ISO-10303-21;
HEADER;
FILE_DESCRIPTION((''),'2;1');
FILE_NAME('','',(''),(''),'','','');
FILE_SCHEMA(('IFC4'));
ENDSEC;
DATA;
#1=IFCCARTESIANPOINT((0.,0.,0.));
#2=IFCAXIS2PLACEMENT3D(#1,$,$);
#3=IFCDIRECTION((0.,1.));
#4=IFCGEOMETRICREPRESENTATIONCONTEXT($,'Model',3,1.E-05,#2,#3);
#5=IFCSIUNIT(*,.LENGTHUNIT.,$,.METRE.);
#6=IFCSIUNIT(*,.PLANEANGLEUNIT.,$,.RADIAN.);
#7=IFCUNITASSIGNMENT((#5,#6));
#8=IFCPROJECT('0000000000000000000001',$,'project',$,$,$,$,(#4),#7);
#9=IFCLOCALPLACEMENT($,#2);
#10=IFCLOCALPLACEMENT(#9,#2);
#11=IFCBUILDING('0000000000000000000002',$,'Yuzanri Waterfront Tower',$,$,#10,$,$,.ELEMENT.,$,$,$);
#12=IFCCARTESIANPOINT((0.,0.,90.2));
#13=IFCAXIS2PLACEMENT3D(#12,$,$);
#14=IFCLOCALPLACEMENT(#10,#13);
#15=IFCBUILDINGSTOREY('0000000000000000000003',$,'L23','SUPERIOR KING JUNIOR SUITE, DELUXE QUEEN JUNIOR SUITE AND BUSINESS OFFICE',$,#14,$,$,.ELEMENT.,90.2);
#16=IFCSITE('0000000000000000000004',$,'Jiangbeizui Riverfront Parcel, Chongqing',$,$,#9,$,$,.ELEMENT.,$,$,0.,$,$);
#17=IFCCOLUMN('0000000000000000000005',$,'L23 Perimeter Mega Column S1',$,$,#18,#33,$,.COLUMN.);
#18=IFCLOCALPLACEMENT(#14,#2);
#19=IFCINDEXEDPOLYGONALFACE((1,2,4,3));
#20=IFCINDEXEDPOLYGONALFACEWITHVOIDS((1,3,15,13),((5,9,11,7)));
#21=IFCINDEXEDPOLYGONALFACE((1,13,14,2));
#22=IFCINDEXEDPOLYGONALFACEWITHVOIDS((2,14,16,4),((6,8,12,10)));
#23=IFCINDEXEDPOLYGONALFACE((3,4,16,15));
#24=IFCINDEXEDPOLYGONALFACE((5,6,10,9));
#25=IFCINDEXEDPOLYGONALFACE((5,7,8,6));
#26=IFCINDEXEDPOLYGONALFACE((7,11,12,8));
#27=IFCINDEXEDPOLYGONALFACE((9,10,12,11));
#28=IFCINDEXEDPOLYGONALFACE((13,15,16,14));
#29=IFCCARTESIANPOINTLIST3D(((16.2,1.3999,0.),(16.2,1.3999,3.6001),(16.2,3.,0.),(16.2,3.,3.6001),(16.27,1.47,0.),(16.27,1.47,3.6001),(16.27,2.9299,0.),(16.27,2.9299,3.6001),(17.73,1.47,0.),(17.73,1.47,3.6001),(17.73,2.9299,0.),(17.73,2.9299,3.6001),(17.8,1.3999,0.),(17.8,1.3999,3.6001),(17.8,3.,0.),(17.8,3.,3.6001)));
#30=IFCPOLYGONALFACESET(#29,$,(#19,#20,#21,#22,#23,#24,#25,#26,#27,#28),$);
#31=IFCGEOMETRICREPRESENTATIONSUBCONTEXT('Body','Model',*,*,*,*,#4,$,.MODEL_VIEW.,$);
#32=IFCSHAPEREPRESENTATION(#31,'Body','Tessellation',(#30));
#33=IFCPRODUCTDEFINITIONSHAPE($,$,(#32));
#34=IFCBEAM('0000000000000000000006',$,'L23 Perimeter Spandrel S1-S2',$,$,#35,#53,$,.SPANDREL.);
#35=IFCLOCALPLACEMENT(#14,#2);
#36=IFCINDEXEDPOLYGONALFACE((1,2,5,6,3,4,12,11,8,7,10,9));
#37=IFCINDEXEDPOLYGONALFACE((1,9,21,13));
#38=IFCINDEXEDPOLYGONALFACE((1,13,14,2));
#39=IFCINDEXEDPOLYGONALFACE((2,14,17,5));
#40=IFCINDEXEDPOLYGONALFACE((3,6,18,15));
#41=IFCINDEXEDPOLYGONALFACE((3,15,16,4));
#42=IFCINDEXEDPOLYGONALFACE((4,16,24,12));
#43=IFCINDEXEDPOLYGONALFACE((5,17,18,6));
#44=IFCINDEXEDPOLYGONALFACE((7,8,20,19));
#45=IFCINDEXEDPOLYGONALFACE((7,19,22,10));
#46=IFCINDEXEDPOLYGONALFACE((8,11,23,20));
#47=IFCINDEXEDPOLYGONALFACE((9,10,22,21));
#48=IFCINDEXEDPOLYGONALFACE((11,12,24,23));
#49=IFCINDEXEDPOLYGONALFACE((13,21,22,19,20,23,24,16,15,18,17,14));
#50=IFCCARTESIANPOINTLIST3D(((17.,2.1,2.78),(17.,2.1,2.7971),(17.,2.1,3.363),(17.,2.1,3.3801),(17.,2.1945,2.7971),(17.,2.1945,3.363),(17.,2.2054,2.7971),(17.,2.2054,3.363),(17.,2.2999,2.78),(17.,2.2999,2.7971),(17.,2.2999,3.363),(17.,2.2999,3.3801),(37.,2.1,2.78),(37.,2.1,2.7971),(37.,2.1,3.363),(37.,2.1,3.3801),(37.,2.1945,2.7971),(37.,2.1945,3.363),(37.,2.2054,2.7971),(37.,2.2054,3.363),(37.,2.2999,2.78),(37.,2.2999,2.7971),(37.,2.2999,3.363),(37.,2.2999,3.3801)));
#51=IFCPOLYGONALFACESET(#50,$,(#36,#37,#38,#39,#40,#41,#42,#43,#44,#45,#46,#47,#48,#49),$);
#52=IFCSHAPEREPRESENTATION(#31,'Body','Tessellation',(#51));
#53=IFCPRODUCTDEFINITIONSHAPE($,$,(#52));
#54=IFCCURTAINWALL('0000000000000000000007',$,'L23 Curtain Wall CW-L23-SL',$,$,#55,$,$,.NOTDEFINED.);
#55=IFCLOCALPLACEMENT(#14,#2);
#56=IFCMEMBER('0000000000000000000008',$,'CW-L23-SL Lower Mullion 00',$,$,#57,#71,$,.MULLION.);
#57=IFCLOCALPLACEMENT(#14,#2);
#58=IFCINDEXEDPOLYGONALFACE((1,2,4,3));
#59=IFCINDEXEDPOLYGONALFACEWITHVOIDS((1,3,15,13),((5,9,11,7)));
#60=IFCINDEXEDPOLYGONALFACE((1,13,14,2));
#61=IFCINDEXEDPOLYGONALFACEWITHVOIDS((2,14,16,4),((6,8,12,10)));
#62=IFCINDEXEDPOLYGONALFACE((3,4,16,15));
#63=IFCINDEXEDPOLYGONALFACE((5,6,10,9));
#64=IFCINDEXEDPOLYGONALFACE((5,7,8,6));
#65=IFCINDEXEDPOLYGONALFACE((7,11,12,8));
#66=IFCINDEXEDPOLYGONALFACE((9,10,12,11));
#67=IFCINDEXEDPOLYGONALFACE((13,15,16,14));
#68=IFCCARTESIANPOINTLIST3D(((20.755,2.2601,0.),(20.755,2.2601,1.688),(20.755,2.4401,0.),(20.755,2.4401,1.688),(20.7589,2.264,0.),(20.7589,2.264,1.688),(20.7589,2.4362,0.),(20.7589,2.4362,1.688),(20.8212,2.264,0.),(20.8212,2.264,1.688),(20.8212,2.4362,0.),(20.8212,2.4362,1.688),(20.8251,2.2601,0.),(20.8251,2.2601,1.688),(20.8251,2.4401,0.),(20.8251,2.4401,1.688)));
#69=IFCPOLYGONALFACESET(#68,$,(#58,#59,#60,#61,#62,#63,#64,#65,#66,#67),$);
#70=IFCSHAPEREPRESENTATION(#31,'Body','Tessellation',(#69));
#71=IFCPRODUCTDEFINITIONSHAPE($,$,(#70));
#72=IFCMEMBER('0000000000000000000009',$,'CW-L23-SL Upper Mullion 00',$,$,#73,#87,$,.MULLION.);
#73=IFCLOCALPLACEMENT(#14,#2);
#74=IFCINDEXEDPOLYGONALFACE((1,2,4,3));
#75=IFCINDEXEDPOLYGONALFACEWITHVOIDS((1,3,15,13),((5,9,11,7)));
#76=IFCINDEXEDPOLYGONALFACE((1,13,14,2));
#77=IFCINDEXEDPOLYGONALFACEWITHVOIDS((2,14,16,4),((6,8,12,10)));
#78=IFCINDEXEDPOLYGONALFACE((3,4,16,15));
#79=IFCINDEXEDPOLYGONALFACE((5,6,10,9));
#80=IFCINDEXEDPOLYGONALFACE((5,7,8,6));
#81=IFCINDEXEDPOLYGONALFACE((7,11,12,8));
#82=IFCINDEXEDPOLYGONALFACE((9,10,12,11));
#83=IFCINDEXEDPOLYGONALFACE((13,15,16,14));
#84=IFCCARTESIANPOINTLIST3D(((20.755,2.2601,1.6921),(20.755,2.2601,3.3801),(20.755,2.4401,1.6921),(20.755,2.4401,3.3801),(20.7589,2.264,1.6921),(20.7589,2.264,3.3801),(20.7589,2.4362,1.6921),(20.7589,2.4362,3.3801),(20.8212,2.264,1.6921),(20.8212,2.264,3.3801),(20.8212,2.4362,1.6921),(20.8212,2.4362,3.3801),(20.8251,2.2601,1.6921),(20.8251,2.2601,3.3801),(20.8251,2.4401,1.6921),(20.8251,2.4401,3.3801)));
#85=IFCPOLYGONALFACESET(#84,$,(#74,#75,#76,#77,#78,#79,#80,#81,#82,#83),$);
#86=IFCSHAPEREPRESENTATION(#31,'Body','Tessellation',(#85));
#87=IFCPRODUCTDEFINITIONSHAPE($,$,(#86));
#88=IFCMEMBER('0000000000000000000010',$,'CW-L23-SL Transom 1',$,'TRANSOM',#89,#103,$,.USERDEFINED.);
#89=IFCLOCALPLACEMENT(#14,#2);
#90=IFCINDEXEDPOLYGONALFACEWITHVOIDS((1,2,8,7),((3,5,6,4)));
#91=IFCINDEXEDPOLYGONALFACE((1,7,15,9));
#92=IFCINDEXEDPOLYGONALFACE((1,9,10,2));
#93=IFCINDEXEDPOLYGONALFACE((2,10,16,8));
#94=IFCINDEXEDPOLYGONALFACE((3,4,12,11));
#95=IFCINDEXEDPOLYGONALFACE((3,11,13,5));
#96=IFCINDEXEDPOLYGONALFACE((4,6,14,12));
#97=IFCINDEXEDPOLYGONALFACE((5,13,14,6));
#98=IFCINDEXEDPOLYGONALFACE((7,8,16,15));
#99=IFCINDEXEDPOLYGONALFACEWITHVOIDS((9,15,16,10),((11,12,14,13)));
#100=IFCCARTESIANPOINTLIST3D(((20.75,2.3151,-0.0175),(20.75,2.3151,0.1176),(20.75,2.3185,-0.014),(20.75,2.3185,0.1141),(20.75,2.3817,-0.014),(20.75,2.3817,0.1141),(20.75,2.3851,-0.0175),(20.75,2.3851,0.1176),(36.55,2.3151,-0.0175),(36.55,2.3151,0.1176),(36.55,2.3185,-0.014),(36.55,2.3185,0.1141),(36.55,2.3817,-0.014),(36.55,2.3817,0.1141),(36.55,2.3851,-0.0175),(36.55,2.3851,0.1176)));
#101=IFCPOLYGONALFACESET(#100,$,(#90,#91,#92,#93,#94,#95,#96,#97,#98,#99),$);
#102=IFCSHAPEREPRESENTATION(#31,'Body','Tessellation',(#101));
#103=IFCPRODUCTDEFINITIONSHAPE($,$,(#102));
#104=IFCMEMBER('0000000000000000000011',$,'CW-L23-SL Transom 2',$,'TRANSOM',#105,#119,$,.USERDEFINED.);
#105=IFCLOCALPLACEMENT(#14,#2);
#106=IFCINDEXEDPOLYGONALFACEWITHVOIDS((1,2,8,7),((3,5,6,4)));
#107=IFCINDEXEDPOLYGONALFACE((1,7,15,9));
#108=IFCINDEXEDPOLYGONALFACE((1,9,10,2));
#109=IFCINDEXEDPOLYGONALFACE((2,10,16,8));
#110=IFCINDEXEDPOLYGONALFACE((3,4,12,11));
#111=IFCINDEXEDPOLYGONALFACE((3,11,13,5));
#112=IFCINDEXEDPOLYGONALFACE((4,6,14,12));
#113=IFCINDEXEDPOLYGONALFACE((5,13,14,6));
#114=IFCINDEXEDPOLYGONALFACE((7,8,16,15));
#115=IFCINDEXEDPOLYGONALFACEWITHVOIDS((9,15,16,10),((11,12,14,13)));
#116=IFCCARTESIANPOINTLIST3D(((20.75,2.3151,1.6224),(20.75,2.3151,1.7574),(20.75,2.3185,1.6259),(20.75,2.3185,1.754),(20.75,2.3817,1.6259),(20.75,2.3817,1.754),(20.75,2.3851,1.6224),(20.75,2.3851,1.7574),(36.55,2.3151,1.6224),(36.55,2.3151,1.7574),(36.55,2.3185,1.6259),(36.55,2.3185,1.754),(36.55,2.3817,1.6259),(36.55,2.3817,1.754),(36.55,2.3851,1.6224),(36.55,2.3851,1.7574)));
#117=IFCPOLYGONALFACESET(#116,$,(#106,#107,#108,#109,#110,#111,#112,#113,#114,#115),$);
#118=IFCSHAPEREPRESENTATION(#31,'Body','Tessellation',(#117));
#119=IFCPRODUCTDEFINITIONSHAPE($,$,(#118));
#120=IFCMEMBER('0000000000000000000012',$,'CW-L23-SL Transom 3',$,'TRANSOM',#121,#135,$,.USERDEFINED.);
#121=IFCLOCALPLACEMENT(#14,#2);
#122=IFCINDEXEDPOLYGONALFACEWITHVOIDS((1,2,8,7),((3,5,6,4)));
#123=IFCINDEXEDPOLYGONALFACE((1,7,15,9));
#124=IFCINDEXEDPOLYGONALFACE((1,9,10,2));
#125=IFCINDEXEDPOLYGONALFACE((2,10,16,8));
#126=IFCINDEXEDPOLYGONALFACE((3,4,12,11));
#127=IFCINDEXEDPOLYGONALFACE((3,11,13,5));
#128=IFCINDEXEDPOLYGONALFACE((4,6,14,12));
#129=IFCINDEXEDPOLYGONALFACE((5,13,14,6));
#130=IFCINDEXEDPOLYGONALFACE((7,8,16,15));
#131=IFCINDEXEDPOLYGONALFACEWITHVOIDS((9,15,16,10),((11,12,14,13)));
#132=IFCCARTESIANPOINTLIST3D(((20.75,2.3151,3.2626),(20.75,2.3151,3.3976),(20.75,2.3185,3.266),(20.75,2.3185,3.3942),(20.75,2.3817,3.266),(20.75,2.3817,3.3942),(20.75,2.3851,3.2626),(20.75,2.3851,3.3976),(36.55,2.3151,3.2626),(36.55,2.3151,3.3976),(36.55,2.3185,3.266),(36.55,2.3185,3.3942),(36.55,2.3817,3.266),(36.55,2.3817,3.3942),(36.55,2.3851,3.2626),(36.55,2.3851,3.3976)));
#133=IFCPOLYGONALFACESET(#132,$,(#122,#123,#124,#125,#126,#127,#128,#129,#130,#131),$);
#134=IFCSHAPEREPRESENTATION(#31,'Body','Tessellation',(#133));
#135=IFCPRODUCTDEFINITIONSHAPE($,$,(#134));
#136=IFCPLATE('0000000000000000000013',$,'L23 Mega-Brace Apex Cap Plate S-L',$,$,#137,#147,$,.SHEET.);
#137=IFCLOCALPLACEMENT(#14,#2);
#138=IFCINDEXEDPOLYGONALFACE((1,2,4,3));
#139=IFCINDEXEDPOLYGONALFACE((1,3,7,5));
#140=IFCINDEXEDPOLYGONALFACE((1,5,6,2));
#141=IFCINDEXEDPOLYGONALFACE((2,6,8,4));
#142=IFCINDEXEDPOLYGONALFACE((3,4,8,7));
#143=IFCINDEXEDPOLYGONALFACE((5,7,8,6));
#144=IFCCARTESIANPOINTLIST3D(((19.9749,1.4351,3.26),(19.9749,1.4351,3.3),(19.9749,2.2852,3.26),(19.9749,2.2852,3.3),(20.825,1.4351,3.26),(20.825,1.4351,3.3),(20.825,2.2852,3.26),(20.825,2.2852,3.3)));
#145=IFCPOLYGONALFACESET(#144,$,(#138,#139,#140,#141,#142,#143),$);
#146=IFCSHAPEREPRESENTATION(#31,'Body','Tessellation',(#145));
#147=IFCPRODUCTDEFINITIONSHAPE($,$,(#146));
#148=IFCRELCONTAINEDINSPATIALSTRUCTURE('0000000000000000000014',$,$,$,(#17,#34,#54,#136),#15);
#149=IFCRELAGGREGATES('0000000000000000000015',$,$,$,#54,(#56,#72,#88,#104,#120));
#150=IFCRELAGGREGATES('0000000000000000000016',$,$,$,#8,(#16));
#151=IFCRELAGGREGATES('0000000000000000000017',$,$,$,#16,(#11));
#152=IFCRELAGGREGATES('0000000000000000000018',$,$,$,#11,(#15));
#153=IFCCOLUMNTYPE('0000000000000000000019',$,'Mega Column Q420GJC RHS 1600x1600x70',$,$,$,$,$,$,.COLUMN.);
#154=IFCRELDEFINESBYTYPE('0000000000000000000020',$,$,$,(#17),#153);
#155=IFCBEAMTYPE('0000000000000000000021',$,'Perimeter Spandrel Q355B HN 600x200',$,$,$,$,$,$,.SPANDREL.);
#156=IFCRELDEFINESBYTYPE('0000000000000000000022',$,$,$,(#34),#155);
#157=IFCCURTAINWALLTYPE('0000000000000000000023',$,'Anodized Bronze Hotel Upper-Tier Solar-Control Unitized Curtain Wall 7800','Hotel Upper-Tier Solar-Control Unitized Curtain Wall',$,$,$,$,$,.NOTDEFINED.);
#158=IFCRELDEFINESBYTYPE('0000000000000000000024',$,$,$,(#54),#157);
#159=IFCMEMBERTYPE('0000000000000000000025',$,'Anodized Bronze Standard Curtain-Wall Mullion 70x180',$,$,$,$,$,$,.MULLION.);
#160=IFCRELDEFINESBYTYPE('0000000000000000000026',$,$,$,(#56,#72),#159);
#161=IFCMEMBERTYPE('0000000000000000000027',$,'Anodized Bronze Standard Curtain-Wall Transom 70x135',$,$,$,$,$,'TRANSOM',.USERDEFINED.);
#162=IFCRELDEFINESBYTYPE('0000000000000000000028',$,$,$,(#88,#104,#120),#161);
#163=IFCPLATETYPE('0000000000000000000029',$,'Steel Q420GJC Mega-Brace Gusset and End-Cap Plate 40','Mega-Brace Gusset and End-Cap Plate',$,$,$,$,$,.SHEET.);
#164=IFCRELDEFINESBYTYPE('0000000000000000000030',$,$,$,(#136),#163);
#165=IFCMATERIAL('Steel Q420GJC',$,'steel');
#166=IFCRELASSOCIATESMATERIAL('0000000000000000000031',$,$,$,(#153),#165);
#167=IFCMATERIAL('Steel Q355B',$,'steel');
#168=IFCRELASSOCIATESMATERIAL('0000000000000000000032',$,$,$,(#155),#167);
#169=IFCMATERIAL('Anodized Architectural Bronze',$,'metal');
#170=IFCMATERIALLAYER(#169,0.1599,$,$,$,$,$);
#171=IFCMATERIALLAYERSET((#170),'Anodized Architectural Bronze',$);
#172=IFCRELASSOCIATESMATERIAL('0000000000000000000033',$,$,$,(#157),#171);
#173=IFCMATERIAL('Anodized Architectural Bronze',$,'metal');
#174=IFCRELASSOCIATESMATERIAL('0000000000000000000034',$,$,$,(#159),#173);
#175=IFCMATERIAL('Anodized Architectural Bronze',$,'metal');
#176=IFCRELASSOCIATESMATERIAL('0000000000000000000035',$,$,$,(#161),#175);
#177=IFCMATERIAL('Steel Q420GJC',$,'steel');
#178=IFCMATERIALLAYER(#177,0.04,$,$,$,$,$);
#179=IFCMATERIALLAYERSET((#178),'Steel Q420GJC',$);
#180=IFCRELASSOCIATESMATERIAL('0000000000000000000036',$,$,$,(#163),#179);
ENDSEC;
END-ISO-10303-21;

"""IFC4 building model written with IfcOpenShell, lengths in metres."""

from ifc_helpers import new_model, si_unit, direction, frame, origin, origin_2d, place, context, subcontext, project, spatial, rectangle, hollow_rectangle, i_section, extrude, source, transform, mapped, material, layer, layer_set, material_profile, profile_set, type_object, element, aggregate, save


model = new_model("IFC4")

# Units and contexts
model_context = context("Model", 3, precision=1e-05, world=origin(), true_north=direction((0.0, 1.0)))
body_context = subcontext(model_context, "Body", "Model", "MODEL_VIEW")
ifc_project = project(units=[si_unit("LENGTHUNIT", "METRE"), si_unit("PLANEANGLEUNIT", "RADIAN")], contexts=[model_context])

# Site, building, storey
site_placement = place(None, origin())
site = spatial("IfcSite", under=ifc_project, at=site_placement, Name="Jiangbeizui Riverfront Parcel, Chongqing", CompositionType="ELEMENT", RefElevation=0.0)
building_placement = place(site_placement, origin())
building = spatial("IfcBuilding", under=site, at=building_placement, Name="Yuzanri Waterfront Tower", CompositionType="ELEMENT")
storey_placement = place(building_placement, frame((0.0, 0.0, 90.2)))
storey = spatial("IfcBuildingStorey", under=building, at=storey_placement, Name="L23", Description="SUPERIOR KING JUNIOR SUITE, DELUXE QUEEN JUNIOR SUITE AND BUSINESS OFFICE", CompositionType="ELEMENT", Elevation=90.2)

# Column
ifc_material_1 = material(Name="Steel Q420GJC", Category="steel")
ifc_material_profile_1 = material_profile(ifc_material_1, hollow_rectangle(XDim=1.6001, YDim=1.6001, WallThickness=0.0701, at=origin_2d()), Name="RHS 1600x1600x70")
ifc_profile_set_1 = profile_set([ifc_material_profile_1], Name="Steel Q420GJC")
column_type = type_object("IfcColumnType", Name="Mega Column Q420GJC RHS 1600x1600x70", PredefinedType="COLUMN", material=ifc_profile_set_1)
shared_shape_1 = source(origin(), body_context, "Body", "SweptSolid", [
    extrude(hollow_rectangle(XDim=1.6001, YDim=1.6001, WallThickness=0.0701, at=origin_2d()), origin(), (0.0, 0.0, 1.0), 3.6001),
])
column_placement = place(storey_placement, frame((17.0, 2.2, 0.0), z_axis=(0.0, 0.0, 1.0), x_axis=(1.0, 0.0, 0.0)))
element("IfcColumn", 1, at=column_placement, inside=storey, type_object=column_type, Name="L23 Perimeter Mega Column S1", PredefinedType="COLUMN", context=body_context, shape_type="MappedRepresentation", body=[
    mapped(shared_shape_1, transform((0.0, 0.0, 0.0), scale=1.0)),
])

# Beam
ifc_material_2 = material(Name="Steel Q355B", Category="steel")
ifc_material_profile_2 = material_profile(ifc_material_2, i_section(OverallWidth=0.2, OverallDepth=0.6001, WebThickness=0.011, FlangeThickness=0.0171, at=origin_2d()), Name="HN 600x200x11x17")
ifc_profile_set_2 = profile_set([ifc_material_profile_2], Name="Steel Q355B")
beam_type = type_object("IfcBeamType", Name="Perimeter Spandrel Q355B HN 600x200", PredefinedType="SPANDREL", material=ifc_profile_set_2)
shared_shape_2 = source(origin(), body_context, "Body", "SweptSolid", [
    extrude(i_section(OverallWidth=0.2, OverallDepth=0.6001, WebThickness=0.011, FlangeThickness=0.0171, at=origin_2d()), origin(), (0.0, 0.0, 1.0), 20.0),
])
beam_placement = place(storey_placement, frame((17.0, 2.2, 3.0801), z_axis=(1.0, 0.0, 0.0), x_axis=(0.0, 1.0, 0.0)))
element("IfcBeam", 2, at=beam_placement, inside=storey, type_object=beam_type, Name="L23 Perimeter Spandrel S1-S2", PredefinedType="SPANDREL", context=body_context, shape_type="MappedRepresentation", body=[
    mapped(shared_shape_2, transform((0.0, 0.0, 0.0), scale=1.0)),
])

# Curtain wall, members
ifc_material_3 = material(Name="Anodized Architectural Bronze", Category="metal")
ifc_layer_1 = layer(ifc_material_3, 0.1599)
ifc_layer_set_1 = layer_set([ifc_layer_1], Name="Anodized Architectural Bronze")
curtain_wall_type = type_object("IfcCurtainWallType", Name="Anodized Bronze Hotel Upper-Tier Solar-Control Unitized Curtain Wall 7800", Description="Hotel Upper-Tier Solar-Control Unitized Curtain Wall", PredefinedType="NOTDEFINED", material=ifc_layer_set_1)
curtain_wall_placement = place(storey_placement, origin())
curtain_wall = element("IfcCurtainWall", 3, at=curtain_wall_placement, inside=storey, type_object=curtain_wall_type, Name="L23 Curtain Wall CW-L23-SL", PredefinedType="NOTDEFINED")
ifc_material_4 = material(Name="Anodized Architectural Bronze", Category="metal")
ifc_material_profile_3 = material_profile(ifc_material_4, hollow_rectangle(XDim=0.0701, YDim=0.1799, WallThickness=0.0039, at=origin_2d()), Name="CWM 70x180")
ifc_profile_set_3 = profile_set([ifc_material_profile_3], Name="Anodized Architectural Bronze")
member_type_1 = type_object("IfcMemberType", Name="Anodized Bronze Standard Curtain-Wall Mullion 70x180", PredefinedType="MULLION", material=ifc_profile_set_3)
shared_shape_3 = source(origin(), body_context, "Body", "SweptSolid", [
    extrude(hollow_rectangle(XDim=0.0701, YDim=0.1799, WallThickness=0.0039, at=origin_2d()), origin(), (0.0, 0.0, 1.0), 1.688),
])
member_1_placement = place(storey_placement, frame((20.79, 2.3501, 0.0), z_axis=(0.0, 0.0, 1.0), x_axis=(1.0, 0.0, 0.0)))
member_1 = element("IfcMember", 4, at=member_1_placement, type_object=member_type_1, Name="CW-L23-SL Lower Mullion 00", PredefinedType="MULLION", context=body_context, shape_type="MappedRepresentation", body=[
    mapped(shared_shape_3, transform((0.0, 0.0, 0.0), scale=1.0)),
])
member_2_placement = place(storey_placement, frame((20.79, 2.3501, 1.6921), z_axis=(0.0, 0.0, 1.0), x_axis=(1.0, 0.0, 0.0)))
member_2 = element("IfcMember", 5, at=member_2_placement, type_object=member_type_1, Name="CW-L23-SL Upper Mullion 00", PredefinedType="MULLION", context=body_context, shape_type="MappedRepresentation", body=[
    mapped(shared_shape_3, transform((0.0, 0.0, 0.0), scale=1.0)),
])
ifc_material_5 = material(Name="Anodized Architectural Bronze", Category="metal")
ifc_material_profile_4 = material_profile(ifc_material_5, hollow_rectangle(XDim=0.0701, YDim=0.135, WallThickness=0.0034, at=origin_2d()), Name="CWT 70x135")
ifc_profile_set_4 = profile_set([ifc_material_profile_4], Name="Anodized Architectural Bronze")
member_type_2 = type_object("IfcMemberType", Name="Anodized Bronze Standard Curtain-Wall Transom 70x135", ElementType="TRANSOM", PredefinedType="USERDEFINED", material=ifc_profile_set_4)
shared_shape_4 = source(origin(), body_context, "Body", "SweptSolid", [
    extrude(hollow_rectangle(XDim=0.0701, YDim=0.135, WallThickness=0.0034, at=origin_2d()), origin(), (0.0, 0.0, 1.0), 15.8),
])
member_3_placement = place(storey_placement, frame((20.75, 2.3501, 0.05), z_axis=(1.0, 0.0, 0.0), x_axis=(0.0, 1.0, 0.0)))
member_3 = element("IfcMember", 6, at=member_3_placement, type_object=member_type_2, Name="CW-L23-SL Transom 1", ObjectType="TRANSOM", PredefinedType="USERDEFINED", context=body_context, shape_type="MappedRepresentation", body=[
    mapped(shared_shape_4, transform((0.0, 0.0, 0.0), scale=1.0)),
])
member_4_placement = place(storey_placement, frame((20.75, 2.3501, 1.6899), z_axis=(1.0, 0.0, 0.0), x_axis=(0.0, 1.0, 0.0)))
member_4 = element("IfcMember", 7, at=member_4_placement, type_object=member_type_2, Name="CW-L23-SL Transom 2", ObjectType="TRANSOM", PredefinedType="USERDEFINED", context=body_context, shape_type="MappedRepresentation", body=[
    mapped(shared_shape_4, transform((0.0, 0.0, 0.0), scale=1.0)),
])
member_5_placement = place(storey_placement, frame((20.75, 2.3501, 3.3301), z_axis=(1.0, 0.0, 0.0), x_axis=(0.0, 1.0, 0.0)))
member_5 = element("IfcMember", 8, at=member_5_placement, type_object=member_type_2, Name="CW-L23-SL Transom 3", ObjectType="TRANSOM", PredefinedType="USERDEFINED", context=body_context, shape_type="MappedRepresentation", body=[
    mapped(shared_shape_4, transform((0.0, 0.0, 0.0), scale=1.0)),
])
aggregate(curtain_wall, [member_1, member_2, member_3, member_4, member_5])

# Plate
ifc_material_6 = material(Name="Steel Q420GJC", Category="steel")
ifc_layer_2 = layer(ifc_material_6, 0.04)
ifc_layer_set_2 = layer_set([ifc_layer_2], Name="Steel Q420GJC")
plate_type = type_object("IfcPlateType", Name="Steel Q420GJC Mega-Brace Gusset and End-Cap Plate 40", Description="Mega-Brace Gusset and End-Cap Plate", PredefinedType="SHEET", material=ifc_layer_set_2)
shared_shape_5 = source(origin(), body_context, "Body", "SweptSolid", [
    extrude(rectangle(XDim=0.8501, YDim=0.8501, at=origin_2d()), origin(), (0.0, 0.0, 1.0), 0.04),
])
plate_placement = place(storey_placement, frame((20.3999, 1.8601, 3.26), z_axis=(0.0, 0.0, 1.0), x_axis=(1.0, 0.0, 0.0)))
element("IfcPlate", 9, at=plate_placement, inside=storey, type_object=plate_type, Name="L23 Mega-Brace Apex Cap Plate S-L", PredefinedType="SHEET", context=body_context, shape_type="MappedRepresentation", body=[
    mapped(shared_shape_5, transform((0.0, 0.0, 0.0), scale=1.0)),
])

save(model, "model.ifc")
